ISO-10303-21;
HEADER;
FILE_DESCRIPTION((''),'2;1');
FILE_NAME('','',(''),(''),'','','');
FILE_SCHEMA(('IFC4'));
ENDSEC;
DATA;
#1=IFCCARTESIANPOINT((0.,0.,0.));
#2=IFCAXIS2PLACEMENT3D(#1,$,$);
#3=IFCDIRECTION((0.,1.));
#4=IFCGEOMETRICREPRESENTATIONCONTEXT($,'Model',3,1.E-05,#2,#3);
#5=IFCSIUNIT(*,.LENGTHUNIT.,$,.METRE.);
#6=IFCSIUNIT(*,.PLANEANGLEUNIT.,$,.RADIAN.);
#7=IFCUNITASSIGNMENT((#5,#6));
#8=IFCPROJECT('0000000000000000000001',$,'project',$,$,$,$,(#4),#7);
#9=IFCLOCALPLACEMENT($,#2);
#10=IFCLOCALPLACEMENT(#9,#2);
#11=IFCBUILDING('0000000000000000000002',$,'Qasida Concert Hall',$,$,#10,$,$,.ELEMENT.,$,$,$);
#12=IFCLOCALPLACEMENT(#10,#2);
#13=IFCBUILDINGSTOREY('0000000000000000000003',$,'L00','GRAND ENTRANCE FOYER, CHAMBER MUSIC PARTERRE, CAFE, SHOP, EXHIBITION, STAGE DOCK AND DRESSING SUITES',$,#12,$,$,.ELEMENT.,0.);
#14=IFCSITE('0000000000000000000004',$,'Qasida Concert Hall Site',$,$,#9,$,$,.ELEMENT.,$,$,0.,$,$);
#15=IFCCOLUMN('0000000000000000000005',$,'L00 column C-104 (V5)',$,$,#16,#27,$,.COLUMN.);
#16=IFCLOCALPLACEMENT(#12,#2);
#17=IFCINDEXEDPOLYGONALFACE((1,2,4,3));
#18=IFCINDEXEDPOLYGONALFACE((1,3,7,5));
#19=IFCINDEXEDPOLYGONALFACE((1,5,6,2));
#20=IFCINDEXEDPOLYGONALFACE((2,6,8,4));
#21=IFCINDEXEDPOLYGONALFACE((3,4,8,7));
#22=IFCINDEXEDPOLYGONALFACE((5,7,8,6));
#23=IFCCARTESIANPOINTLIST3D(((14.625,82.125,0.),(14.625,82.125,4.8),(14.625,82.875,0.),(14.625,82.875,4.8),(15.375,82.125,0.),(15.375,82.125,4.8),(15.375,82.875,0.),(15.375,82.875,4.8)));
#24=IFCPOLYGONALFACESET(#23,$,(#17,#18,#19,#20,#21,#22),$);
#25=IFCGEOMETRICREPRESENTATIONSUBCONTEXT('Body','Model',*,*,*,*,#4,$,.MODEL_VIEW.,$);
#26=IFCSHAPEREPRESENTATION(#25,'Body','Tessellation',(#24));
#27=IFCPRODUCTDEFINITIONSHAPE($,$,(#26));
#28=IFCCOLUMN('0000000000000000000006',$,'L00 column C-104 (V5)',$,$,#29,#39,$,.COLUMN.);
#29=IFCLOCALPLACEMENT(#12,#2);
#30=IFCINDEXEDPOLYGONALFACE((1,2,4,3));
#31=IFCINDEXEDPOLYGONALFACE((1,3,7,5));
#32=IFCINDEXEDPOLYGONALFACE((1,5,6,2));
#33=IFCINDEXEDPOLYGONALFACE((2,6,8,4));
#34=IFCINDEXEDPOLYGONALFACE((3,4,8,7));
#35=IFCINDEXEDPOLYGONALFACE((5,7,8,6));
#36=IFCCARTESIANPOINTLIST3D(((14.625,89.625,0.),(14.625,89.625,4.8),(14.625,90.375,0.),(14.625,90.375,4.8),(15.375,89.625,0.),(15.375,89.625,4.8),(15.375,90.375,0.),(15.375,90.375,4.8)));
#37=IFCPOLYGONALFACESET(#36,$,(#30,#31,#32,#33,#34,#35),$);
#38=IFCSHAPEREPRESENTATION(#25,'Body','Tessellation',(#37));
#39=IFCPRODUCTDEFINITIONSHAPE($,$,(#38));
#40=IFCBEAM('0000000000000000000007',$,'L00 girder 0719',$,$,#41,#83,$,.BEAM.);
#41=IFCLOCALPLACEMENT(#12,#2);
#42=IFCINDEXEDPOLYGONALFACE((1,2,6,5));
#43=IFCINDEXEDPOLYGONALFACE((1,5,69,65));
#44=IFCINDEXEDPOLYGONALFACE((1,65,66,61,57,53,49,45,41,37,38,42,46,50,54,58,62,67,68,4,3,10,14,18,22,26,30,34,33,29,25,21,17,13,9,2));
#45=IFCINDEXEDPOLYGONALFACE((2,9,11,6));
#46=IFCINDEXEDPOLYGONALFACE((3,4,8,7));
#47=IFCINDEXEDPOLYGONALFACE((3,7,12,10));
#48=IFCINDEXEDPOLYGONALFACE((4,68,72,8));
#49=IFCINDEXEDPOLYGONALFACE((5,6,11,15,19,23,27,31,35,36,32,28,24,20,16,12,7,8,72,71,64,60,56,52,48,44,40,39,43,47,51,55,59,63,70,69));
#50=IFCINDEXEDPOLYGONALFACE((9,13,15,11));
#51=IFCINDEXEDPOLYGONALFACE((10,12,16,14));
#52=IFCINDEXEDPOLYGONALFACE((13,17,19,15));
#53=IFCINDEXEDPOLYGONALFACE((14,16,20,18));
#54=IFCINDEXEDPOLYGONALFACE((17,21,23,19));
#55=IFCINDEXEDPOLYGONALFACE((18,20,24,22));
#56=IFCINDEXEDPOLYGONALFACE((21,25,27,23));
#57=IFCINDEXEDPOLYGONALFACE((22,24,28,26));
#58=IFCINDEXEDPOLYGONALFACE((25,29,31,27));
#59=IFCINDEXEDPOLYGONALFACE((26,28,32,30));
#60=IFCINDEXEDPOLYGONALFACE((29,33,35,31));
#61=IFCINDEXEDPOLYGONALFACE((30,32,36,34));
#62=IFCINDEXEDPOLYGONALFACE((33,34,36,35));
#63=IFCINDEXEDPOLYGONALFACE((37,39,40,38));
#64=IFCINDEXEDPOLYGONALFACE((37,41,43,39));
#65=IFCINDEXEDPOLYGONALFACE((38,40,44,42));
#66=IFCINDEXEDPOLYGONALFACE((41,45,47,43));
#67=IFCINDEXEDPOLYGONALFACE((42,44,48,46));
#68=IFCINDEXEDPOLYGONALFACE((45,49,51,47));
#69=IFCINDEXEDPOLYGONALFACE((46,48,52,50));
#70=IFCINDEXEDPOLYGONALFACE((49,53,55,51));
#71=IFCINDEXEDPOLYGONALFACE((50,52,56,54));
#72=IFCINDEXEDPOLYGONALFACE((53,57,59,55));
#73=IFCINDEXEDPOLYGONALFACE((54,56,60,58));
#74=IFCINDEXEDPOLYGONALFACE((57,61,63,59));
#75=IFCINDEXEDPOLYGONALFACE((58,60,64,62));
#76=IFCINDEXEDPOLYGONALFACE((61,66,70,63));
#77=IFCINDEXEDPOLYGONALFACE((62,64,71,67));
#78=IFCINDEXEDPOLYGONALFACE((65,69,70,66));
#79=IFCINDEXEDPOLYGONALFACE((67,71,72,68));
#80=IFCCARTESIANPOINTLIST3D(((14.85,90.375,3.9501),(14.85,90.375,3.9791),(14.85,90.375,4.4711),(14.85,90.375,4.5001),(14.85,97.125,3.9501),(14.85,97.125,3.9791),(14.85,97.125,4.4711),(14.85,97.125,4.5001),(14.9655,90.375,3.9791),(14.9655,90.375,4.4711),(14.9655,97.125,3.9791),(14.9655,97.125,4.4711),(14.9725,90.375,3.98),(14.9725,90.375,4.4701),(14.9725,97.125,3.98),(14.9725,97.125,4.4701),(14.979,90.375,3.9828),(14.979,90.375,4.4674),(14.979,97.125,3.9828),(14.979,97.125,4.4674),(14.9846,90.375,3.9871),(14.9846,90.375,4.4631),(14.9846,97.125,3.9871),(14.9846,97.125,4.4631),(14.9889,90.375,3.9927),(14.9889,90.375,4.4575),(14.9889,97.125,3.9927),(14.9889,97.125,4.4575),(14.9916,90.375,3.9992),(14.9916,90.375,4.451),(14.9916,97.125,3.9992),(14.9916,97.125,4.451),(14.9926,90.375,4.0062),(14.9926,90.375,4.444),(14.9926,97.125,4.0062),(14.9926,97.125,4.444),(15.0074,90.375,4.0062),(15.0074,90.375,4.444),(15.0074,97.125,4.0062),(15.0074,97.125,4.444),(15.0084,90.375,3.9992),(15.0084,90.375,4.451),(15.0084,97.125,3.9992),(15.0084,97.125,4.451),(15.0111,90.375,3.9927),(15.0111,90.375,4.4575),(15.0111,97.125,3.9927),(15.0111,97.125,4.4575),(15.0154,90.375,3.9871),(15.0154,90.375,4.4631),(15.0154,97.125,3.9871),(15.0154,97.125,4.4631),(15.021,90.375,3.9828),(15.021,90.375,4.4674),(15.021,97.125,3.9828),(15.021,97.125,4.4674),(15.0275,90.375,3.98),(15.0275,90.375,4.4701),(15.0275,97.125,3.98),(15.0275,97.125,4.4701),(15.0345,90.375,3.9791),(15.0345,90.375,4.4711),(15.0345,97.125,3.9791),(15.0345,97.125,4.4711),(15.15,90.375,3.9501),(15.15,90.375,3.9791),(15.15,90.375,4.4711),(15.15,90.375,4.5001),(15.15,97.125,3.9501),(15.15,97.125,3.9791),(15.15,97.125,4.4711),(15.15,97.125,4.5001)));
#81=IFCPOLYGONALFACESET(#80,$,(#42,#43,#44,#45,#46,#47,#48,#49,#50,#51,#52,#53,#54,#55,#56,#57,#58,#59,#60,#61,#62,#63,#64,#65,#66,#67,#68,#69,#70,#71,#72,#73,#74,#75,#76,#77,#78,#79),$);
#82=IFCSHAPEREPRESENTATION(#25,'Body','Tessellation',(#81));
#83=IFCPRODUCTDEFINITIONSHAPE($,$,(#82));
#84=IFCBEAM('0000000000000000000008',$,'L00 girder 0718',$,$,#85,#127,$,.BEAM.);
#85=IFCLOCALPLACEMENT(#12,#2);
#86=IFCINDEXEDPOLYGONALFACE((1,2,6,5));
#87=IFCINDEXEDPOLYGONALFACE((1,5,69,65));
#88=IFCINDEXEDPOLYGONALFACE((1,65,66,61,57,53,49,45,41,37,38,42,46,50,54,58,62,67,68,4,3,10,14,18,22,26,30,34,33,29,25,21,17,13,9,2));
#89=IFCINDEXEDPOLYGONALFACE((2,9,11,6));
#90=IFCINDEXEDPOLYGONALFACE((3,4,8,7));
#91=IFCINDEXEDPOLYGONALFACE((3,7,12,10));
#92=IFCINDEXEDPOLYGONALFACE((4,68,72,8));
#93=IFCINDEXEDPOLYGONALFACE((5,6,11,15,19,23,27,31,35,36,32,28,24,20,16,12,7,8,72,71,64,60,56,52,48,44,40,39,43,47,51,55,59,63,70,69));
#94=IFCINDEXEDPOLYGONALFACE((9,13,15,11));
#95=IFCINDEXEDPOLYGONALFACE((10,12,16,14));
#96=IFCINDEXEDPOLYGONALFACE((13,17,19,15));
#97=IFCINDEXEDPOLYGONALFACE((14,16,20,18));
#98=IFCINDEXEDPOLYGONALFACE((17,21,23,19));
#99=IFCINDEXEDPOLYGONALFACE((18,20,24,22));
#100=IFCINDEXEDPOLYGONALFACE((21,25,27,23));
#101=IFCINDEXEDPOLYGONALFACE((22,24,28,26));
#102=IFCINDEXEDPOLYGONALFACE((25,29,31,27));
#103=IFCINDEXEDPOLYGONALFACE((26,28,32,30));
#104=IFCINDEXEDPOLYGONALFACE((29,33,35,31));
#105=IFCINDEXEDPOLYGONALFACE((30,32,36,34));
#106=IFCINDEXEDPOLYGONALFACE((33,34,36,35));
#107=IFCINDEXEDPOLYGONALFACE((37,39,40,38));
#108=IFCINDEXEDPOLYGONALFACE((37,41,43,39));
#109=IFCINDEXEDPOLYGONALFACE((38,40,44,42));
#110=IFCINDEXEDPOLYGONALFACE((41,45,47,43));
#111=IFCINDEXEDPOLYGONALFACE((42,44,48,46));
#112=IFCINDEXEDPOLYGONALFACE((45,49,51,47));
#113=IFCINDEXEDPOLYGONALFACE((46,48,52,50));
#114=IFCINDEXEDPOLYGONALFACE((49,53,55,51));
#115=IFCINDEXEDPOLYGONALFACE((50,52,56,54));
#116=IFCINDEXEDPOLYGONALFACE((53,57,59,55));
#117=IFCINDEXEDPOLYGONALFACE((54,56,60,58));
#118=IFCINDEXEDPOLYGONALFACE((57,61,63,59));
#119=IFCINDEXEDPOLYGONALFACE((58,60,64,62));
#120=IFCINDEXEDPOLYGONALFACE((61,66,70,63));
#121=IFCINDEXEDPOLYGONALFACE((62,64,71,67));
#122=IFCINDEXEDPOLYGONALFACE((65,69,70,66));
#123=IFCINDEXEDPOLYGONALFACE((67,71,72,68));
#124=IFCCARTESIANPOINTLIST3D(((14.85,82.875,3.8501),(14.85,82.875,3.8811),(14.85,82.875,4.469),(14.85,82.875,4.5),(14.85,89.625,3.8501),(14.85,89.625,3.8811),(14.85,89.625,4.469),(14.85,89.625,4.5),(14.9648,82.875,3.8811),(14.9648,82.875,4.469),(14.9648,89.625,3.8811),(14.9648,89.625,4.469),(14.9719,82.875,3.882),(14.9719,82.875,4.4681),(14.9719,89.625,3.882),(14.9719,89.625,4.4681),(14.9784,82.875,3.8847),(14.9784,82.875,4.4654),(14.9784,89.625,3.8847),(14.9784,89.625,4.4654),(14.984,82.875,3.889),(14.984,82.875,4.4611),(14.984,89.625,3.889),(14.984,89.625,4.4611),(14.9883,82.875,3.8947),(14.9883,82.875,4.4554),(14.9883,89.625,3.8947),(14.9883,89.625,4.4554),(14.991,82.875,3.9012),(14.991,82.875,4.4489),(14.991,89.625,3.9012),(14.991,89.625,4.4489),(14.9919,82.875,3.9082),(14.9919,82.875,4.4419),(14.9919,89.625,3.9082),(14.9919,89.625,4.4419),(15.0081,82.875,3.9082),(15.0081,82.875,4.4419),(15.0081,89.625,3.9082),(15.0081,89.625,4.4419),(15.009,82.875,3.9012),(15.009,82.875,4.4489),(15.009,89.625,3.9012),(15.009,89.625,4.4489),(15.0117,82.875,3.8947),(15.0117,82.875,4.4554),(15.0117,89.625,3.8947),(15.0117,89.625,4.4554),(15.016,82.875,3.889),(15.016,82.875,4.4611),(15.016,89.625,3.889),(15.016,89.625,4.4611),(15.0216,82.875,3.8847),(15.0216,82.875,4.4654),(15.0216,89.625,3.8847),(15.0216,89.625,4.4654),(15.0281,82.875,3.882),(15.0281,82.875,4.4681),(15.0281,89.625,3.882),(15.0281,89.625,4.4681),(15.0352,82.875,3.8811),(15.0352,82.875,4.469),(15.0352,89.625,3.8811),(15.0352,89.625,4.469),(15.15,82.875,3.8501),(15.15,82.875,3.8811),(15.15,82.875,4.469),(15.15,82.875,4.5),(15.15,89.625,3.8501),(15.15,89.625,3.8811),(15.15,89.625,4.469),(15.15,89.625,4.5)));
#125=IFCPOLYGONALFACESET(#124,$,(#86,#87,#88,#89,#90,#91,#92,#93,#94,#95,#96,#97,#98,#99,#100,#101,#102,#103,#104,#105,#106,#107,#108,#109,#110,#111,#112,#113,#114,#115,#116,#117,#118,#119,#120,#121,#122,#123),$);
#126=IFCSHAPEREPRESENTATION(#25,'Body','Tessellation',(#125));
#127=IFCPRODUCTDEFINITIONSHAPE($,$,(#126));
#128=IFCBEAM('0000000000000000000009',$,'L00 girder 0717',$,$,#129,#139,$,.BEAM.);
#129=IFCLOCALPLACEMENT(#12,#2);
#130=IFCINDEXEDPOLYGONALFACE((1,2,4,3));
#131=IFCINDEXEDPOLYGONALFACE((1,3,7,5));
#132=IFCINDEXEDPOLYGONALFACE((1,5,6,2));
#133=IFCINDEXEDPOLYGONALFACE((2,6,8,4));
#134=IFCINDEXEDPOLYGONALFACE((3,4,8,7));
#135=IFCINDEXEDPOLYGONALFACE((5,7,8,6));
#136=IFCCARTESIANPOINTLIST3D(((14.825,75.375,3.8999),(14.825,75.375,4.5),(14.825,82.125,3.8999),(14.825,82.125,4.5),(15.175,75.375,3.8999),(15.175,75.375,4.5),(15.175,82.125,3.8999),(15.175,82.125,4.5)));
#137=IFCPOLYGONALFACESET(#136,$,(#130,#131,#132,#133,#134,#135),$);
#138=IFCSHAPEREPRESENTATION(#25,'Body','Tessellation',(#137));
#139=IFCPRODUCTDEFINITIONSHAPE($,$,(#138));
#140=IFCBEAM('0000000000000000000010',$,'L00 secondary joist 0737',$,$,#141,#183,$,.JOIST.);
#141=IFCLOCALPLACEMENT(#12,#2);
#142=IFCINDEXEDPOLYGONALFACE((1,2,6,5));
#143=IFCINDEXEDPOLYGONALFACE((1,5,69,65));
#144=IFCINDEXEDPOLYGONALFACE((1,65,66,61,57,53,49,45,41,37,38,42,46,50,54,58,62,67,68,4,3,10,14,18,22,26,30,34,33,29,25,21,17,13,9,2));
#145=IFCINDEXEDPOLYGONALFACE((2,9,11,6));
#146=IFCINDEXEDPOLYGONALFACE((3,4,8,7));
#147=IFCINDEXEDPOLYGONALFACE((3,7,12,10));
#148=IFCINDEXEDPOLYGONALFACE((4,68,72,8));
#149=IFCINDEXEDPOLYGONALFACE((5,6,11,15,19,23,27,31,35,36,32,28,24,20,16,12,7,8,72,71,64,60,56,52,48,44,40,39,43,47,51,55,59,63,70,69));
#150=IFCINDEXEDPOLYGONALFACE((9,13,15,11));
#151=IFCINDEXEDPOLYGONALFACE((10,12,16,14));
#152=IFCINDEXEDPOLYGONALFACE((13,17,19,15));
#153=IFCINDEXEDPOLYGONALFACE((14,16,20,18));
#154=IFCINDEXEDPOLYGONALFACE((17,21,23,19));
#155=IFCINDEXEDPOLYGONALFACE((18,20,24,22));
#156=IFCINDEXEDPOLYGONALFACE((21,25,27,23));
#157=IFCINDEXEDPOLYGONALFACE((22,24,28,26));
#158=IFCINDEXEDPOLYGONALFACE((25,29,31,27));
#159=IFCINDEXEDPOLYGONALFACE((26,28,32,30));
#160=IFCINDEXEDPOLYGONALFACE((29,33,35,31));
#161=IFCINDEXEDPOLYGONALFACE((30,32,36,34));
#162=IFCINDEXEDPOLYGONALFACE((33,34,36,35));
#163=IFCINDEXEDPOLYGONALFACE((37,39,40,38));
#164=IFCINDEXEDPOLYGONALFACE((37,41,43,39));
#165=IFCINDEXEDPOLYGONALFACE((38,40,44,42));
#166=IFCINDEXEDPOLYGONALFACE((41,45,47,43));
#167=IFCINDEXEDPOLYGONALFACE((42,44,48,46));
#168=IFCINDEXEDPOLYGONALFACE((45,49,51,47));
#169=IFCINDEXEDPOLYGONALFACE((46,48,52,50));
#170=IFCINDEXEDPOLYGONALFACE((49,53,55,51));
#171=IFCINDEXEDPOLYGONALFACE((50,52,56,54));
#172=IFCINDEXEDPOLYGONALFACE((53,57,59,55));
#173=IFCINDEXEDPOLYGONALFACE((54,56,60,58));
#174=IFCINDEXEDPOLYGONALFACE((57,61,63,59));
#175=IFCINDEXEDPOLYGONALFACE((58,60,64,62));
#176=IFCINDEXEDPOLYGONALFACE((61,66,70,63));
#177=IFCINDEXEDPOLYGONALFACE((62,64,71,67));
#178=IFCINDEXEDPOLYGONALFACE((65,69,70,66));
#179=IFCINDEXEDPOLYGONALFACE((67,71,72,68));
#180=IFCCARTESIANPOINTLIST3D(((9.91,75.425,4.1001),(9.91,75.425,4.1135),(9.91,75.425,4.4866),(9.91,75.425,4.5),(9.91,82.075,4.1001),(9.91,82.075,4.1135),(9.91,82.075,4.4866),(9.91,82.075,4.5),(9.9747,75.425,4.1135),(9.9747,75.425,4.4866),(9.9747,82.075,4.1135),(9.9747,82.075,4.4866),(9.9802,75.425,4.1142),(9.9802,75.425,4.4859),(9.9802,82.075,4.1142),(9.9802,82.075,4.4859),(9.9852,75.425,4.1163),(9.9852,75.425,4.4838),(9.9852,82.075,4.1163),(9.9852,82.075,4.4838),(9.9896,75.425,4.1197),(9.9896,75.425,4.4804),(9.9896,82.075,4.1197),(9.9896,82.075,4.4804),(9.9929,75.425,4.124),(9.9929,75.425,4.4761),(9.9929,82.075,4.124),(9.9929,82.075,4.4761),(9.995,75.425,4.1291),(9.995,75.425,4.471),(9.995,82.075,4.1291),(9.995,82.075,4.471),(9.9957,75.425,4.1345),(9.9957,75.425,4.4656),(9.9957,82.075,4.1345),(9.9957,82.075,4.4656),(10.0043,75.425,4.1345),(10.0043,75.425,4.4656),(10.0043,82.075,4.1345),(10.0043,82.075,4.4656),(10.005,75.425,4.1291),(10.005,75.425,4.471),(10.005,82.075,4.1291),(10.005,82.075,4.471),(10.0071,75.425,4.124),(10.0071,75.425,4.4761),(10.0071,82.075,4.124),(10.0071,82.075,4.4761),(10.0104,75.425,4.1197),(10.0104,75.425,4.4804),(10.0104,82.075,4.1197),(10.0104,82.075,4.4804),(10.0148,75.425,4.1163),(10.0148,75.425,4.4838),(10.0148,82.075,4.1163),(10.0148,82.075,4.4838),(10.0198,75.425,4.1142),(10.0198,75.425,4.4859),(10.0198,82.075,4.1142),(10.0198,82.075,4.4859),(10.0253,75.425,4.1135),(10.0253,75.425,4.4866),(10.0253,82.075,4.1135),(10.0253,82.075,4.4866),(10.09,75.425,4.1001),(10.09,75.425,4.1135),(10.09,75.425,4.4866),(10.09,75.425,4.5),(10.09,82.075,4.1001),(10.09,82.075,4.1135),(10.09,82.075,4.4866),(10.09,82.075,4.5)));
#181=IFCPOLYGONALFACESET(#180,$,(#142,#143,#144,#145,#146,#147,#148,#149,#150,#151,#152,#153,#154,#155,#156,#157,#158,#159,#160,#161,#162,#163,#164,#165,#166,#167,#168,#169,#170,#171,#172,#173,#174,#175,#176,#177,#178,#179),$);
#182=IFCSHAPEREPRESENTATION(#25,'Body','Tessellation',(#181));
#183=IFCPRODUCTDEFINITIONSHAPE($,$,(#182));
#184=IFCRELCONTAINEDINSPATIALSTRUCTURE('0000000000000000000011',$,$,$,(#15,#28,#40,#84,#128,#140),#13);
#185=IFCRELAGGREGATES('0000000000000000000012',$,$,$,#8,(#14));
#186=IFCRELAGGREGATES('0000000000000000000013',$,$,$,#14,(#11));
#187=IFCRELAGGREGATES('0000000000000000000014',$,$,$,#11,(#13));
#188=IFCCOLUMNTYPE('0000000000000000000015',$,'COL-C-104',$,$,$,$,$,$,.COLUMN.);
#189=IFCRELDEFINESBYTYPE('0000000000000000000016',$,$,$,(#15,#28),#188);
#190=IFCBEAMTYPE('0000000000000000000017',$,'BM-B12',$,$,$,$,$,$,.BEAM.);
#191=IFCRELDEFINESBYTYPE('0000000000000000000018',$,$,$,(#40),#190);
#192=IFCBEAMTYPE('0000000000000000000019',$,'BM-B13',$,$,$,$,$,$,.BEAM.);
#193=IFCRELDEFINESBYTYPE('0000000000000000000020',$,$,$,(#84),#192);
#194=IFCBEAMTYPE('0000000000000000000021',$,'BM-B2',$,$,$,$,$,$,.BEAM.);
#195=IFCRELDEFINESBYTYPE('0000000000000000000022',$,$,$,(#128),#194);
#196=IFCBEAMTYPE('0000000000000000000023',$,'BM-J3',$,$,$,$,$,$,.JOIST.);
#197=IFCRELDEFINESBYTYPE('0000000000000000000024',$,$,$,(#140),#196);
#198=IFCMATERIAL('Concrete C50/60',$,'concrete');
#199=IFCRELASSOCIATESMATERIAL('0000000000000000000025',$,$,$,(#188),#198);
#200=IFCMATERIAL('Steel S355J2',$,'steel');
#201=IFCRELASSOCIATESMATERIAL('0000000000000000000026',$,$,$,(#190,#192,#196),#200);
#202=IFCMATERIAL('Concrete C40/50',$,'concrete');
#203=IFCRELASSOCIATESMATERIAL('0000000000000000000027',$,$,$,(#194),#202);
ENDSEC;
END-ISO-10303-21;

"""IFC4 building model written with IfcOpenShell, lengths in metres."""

from ifc_helpers import new_model, si_unit, direction, frame, origin, origin_2d, place, context, subcontext, project, spatial, rectangle, i_section, extrude, material, material_profile, profile_set, type_object, element, save


model = new_model("IFC4")

# Units and contexts
model_context = context("Model", 3, precision=1e-05, world=origin(), true_north=direction((0.0, 1.0)))
body_context = subcontext(model_context, "Body", "Model", "MODEL_VIEW")
ifc_project = project(units=[si_unit("LENGTHUNIT", "METRE"), si_unit("PLANEANGLEUNIT", "RADIAN")], contexts=[model_context])

# Site, building, storey
site_placement = place(None, origin())
site = spatial("IfcSite", under=ifc_project, at=site_placement, Name="Qasida Concert Hall Site", CompositionType="ELEMENT", RefElevation=0.0)
building_placement = place(site_placement, origin())
building = spatial("IfcBuilding", under=site, at=building_placement, Name="Qasida Concert Hall", CompositionType="ELEMENT")
storey_placement = place(building_placement, origin())
storey = spatial("IfcBuildingStorey", under=building, at=storey_placement, Name="L00", Description="GRAND ENTRANCE FOYER, CHAMBER MUSIC PARTERRE, CAFE, SHOP, EXHIBITION, STAGE DOCK AND DRESSING SUITES", CompositionType="ELEMENT", Elevation=0.0)

# Columns
ifc_material_1 = material(Name="Concrete C50/60", Category="concrete")
ifc_material_profile_1 = material_profile(ifc_material_1, rectangle(XDim=0.75, YDim=0.75, at=origin_2d()), Name="RC 750x750")
ifc_profile_set_1 = profile_set([ifc_material_profile_1], Name="Concrete C50/60")
column_type = type_object("IfcColumnType", Name="COL-C-104", PredefinedType="COLUMN", material=ifc_profile_set_1)
for number, where, z_axis, x_axis, name in (
    (1, (15.0, 82.5, 0.0), (0.0, 0.0, 1.0), (1.0, 0.0, 0.0), "L00 column C-104 (V5)"),
    (2, (15.0, 90.0, 0.0), (0.0, 0.0, 1.0), (1.0, 0.0, 0.0), "L00 column C-104 (V5)"),
):
    element("IfcColumn", number, at=place(storey_placement, frame(where, z_axis=z_axis, x_axis=x_axis)), inside=storey, type_object=column_type, Name=name, PredefinedType="COLUMN", context=body_context, shape_type="SweptSolid", body=[
        extrude(rectangle(XDim=0.75, YDim=0.75, at=origin_2d()), origin(), (0.0, 0.0, 1.0), 4.8),
    ])

# Beams
ifc_material_2 = material(Name="Steel S355J2", Category="steel")
ifc_material_profile_2 = material_profile(ifc_material_2, i_section(OverallWidth=0.3, OverallDepth=0.55, WebThickness=0.0149, FlangeThickness=0.0291, FilletRadius=0.0271, at=origin_2d()), Name="HEB 550")
ifc_profile_set_2 = profile_set([ifc_material_profile_2], Name="Steel S355J2")
beam_type_1 = type_object("IfcBeamType", Name="BM-B12", PredefinedType="BEAM", material=ifc_profile_set_2)
beam_1_placement = place(storey_placement, frame((15.0, 90.375, 4.2251), z_axis=(0.0, 1.0, 0.0), x_axis=(-1.0, 0.0, 0.0)))
element("IfcBeam", 3, at=beam_1_placement, inside=storey, type_object=beam_type_1, Name="L00 girder 0719", PredefinedType="BEAM", context=body_context, shape_type="SweptSolid", body=[
    extrude(i_section(OverallWidth=0.3, OverallDepth=0.55, WebThickness=0.0149, FlangeThickness=0.0291, FilletRadius=0.0271, at=origin_2d()), origin(), (0.0, 0.0, 1.0), 6.75),
])
ifc_material_profile_3 = material_profile(ifc_material_2, i_section(OverallWidth=0.3, OverallDepth=0.6499, WebThickness=0.0161, FlangeThickness=0.031, FilletRadius=0.0271, at=origin_2d()), Name="HEB 650")
ifc_profile_set_3 = profile_set([ifc_material_profile_3], Name="Steel S355J2")
beam_type_2 = type_object("IfcBeamType", Name="BM-B13", PredefinedType="BEAM", material=ifc_profile_set_3)
beam_2_placement = place(storey_placement, frame((15.0, 82.875, 4.175), z_axis=(0.0, 1.0, 0.0), x_axis=(-1.0, 0.0, 0.0)))
element("IfcBeam", 4, at=beam_2_placement, inside=storey, type_object=beam_type_2, Name="L00 girder 0718", PredefinedType="BEAM", context=body_context, shape_type="SweptSolid", body=[
    extrude(i_section(OverallWidth=0.3, OverallDepth=0.6499, WebThickness=0.0161, FlangeThickness=0.031, FilletRadius=0.0271, at=origin_2d()), origin(), (0.0, 0.0, 1.0), 6.75),
])
ifc_material_3 = material(Name="Concrete C40/50", Category="concrete")
ifc_material_profile_4 = material_profile(ifc_material_3, rectangle(XDim=0.3501, YDim=0.6001, at=origin_2d()), Name="RC 350x600")
ifc_profile_set_4 = profile_set([ifc_material_profile_4], Name="Concrete C40/50")
beam_type_3 = type_object("IfcBeamType", Name="BM-B2", PredefinedType="BEAM", material=ifc_profile_set_4)
beam_3_placement = place(storey_placement, frame((15.0, 75.375, 4.2), z_axis=(0.0, 1.0, 0.0), x_axis=(-1.0, 0.0, 0.0)))
element("IfcBeam", 5, at=beam_3_placement, inside=storey, type_object=beam_type_3, Name="L00 girder 0717", PredefinedType="BEAM", context=body_context, shape_type="SweptSolid", body=[
    extrude(rectangle(XDim=0.3501, YDim=0.6001, at=origin_2d()), origin(), (0.0, 0.0, 1.0), 6.75),
])
ifc_material_profile_5 = material_profile(ifc_material_2, i_section(OverallWidth=0.1799, OverallDepth=0.3999, WebThickness=0.0085, FlangeThickness=0.0134, FilletRadius=0.021, at=origin_2d()), Name="IPE 400")
ifc_profile_set_5 = profile_set([ifc_material_profile_5], Name="Steel S355J2")
beam_type_4 = type_object("IfcBeamType", Name="BM-J3", PredefinedType="JOIST", material=ifc_profile_set_5)
for number, where, z_axis, x_axis, name in (
    (6, (10.0, 75.425, 4.3), (0.0, 1.0, 0.0), (-1.0, 0.0, 0.0), "L00 secondary joist 0737"),
):
    element("IfcBeam", number, at=place(storey_placement, frame(where, z_axis=z_axis, x_axis=x_axis)), inside=storey, type_object=beam_type_4, Name=name, PredefinedType="JOIST", context=body_context, shape_type="SweptSolid", body=[
        extrude(i_section(OverallWidth=0.1799, OverallDepth=0.3999, WebThickness=0.0085, FlangeThickness=0.0134, FilletRadius=0.021, at=origin_2d()), origin(), (0.0, 0.0, 1.0), 6.6499),
    ])

save(model, "model.ifc")
